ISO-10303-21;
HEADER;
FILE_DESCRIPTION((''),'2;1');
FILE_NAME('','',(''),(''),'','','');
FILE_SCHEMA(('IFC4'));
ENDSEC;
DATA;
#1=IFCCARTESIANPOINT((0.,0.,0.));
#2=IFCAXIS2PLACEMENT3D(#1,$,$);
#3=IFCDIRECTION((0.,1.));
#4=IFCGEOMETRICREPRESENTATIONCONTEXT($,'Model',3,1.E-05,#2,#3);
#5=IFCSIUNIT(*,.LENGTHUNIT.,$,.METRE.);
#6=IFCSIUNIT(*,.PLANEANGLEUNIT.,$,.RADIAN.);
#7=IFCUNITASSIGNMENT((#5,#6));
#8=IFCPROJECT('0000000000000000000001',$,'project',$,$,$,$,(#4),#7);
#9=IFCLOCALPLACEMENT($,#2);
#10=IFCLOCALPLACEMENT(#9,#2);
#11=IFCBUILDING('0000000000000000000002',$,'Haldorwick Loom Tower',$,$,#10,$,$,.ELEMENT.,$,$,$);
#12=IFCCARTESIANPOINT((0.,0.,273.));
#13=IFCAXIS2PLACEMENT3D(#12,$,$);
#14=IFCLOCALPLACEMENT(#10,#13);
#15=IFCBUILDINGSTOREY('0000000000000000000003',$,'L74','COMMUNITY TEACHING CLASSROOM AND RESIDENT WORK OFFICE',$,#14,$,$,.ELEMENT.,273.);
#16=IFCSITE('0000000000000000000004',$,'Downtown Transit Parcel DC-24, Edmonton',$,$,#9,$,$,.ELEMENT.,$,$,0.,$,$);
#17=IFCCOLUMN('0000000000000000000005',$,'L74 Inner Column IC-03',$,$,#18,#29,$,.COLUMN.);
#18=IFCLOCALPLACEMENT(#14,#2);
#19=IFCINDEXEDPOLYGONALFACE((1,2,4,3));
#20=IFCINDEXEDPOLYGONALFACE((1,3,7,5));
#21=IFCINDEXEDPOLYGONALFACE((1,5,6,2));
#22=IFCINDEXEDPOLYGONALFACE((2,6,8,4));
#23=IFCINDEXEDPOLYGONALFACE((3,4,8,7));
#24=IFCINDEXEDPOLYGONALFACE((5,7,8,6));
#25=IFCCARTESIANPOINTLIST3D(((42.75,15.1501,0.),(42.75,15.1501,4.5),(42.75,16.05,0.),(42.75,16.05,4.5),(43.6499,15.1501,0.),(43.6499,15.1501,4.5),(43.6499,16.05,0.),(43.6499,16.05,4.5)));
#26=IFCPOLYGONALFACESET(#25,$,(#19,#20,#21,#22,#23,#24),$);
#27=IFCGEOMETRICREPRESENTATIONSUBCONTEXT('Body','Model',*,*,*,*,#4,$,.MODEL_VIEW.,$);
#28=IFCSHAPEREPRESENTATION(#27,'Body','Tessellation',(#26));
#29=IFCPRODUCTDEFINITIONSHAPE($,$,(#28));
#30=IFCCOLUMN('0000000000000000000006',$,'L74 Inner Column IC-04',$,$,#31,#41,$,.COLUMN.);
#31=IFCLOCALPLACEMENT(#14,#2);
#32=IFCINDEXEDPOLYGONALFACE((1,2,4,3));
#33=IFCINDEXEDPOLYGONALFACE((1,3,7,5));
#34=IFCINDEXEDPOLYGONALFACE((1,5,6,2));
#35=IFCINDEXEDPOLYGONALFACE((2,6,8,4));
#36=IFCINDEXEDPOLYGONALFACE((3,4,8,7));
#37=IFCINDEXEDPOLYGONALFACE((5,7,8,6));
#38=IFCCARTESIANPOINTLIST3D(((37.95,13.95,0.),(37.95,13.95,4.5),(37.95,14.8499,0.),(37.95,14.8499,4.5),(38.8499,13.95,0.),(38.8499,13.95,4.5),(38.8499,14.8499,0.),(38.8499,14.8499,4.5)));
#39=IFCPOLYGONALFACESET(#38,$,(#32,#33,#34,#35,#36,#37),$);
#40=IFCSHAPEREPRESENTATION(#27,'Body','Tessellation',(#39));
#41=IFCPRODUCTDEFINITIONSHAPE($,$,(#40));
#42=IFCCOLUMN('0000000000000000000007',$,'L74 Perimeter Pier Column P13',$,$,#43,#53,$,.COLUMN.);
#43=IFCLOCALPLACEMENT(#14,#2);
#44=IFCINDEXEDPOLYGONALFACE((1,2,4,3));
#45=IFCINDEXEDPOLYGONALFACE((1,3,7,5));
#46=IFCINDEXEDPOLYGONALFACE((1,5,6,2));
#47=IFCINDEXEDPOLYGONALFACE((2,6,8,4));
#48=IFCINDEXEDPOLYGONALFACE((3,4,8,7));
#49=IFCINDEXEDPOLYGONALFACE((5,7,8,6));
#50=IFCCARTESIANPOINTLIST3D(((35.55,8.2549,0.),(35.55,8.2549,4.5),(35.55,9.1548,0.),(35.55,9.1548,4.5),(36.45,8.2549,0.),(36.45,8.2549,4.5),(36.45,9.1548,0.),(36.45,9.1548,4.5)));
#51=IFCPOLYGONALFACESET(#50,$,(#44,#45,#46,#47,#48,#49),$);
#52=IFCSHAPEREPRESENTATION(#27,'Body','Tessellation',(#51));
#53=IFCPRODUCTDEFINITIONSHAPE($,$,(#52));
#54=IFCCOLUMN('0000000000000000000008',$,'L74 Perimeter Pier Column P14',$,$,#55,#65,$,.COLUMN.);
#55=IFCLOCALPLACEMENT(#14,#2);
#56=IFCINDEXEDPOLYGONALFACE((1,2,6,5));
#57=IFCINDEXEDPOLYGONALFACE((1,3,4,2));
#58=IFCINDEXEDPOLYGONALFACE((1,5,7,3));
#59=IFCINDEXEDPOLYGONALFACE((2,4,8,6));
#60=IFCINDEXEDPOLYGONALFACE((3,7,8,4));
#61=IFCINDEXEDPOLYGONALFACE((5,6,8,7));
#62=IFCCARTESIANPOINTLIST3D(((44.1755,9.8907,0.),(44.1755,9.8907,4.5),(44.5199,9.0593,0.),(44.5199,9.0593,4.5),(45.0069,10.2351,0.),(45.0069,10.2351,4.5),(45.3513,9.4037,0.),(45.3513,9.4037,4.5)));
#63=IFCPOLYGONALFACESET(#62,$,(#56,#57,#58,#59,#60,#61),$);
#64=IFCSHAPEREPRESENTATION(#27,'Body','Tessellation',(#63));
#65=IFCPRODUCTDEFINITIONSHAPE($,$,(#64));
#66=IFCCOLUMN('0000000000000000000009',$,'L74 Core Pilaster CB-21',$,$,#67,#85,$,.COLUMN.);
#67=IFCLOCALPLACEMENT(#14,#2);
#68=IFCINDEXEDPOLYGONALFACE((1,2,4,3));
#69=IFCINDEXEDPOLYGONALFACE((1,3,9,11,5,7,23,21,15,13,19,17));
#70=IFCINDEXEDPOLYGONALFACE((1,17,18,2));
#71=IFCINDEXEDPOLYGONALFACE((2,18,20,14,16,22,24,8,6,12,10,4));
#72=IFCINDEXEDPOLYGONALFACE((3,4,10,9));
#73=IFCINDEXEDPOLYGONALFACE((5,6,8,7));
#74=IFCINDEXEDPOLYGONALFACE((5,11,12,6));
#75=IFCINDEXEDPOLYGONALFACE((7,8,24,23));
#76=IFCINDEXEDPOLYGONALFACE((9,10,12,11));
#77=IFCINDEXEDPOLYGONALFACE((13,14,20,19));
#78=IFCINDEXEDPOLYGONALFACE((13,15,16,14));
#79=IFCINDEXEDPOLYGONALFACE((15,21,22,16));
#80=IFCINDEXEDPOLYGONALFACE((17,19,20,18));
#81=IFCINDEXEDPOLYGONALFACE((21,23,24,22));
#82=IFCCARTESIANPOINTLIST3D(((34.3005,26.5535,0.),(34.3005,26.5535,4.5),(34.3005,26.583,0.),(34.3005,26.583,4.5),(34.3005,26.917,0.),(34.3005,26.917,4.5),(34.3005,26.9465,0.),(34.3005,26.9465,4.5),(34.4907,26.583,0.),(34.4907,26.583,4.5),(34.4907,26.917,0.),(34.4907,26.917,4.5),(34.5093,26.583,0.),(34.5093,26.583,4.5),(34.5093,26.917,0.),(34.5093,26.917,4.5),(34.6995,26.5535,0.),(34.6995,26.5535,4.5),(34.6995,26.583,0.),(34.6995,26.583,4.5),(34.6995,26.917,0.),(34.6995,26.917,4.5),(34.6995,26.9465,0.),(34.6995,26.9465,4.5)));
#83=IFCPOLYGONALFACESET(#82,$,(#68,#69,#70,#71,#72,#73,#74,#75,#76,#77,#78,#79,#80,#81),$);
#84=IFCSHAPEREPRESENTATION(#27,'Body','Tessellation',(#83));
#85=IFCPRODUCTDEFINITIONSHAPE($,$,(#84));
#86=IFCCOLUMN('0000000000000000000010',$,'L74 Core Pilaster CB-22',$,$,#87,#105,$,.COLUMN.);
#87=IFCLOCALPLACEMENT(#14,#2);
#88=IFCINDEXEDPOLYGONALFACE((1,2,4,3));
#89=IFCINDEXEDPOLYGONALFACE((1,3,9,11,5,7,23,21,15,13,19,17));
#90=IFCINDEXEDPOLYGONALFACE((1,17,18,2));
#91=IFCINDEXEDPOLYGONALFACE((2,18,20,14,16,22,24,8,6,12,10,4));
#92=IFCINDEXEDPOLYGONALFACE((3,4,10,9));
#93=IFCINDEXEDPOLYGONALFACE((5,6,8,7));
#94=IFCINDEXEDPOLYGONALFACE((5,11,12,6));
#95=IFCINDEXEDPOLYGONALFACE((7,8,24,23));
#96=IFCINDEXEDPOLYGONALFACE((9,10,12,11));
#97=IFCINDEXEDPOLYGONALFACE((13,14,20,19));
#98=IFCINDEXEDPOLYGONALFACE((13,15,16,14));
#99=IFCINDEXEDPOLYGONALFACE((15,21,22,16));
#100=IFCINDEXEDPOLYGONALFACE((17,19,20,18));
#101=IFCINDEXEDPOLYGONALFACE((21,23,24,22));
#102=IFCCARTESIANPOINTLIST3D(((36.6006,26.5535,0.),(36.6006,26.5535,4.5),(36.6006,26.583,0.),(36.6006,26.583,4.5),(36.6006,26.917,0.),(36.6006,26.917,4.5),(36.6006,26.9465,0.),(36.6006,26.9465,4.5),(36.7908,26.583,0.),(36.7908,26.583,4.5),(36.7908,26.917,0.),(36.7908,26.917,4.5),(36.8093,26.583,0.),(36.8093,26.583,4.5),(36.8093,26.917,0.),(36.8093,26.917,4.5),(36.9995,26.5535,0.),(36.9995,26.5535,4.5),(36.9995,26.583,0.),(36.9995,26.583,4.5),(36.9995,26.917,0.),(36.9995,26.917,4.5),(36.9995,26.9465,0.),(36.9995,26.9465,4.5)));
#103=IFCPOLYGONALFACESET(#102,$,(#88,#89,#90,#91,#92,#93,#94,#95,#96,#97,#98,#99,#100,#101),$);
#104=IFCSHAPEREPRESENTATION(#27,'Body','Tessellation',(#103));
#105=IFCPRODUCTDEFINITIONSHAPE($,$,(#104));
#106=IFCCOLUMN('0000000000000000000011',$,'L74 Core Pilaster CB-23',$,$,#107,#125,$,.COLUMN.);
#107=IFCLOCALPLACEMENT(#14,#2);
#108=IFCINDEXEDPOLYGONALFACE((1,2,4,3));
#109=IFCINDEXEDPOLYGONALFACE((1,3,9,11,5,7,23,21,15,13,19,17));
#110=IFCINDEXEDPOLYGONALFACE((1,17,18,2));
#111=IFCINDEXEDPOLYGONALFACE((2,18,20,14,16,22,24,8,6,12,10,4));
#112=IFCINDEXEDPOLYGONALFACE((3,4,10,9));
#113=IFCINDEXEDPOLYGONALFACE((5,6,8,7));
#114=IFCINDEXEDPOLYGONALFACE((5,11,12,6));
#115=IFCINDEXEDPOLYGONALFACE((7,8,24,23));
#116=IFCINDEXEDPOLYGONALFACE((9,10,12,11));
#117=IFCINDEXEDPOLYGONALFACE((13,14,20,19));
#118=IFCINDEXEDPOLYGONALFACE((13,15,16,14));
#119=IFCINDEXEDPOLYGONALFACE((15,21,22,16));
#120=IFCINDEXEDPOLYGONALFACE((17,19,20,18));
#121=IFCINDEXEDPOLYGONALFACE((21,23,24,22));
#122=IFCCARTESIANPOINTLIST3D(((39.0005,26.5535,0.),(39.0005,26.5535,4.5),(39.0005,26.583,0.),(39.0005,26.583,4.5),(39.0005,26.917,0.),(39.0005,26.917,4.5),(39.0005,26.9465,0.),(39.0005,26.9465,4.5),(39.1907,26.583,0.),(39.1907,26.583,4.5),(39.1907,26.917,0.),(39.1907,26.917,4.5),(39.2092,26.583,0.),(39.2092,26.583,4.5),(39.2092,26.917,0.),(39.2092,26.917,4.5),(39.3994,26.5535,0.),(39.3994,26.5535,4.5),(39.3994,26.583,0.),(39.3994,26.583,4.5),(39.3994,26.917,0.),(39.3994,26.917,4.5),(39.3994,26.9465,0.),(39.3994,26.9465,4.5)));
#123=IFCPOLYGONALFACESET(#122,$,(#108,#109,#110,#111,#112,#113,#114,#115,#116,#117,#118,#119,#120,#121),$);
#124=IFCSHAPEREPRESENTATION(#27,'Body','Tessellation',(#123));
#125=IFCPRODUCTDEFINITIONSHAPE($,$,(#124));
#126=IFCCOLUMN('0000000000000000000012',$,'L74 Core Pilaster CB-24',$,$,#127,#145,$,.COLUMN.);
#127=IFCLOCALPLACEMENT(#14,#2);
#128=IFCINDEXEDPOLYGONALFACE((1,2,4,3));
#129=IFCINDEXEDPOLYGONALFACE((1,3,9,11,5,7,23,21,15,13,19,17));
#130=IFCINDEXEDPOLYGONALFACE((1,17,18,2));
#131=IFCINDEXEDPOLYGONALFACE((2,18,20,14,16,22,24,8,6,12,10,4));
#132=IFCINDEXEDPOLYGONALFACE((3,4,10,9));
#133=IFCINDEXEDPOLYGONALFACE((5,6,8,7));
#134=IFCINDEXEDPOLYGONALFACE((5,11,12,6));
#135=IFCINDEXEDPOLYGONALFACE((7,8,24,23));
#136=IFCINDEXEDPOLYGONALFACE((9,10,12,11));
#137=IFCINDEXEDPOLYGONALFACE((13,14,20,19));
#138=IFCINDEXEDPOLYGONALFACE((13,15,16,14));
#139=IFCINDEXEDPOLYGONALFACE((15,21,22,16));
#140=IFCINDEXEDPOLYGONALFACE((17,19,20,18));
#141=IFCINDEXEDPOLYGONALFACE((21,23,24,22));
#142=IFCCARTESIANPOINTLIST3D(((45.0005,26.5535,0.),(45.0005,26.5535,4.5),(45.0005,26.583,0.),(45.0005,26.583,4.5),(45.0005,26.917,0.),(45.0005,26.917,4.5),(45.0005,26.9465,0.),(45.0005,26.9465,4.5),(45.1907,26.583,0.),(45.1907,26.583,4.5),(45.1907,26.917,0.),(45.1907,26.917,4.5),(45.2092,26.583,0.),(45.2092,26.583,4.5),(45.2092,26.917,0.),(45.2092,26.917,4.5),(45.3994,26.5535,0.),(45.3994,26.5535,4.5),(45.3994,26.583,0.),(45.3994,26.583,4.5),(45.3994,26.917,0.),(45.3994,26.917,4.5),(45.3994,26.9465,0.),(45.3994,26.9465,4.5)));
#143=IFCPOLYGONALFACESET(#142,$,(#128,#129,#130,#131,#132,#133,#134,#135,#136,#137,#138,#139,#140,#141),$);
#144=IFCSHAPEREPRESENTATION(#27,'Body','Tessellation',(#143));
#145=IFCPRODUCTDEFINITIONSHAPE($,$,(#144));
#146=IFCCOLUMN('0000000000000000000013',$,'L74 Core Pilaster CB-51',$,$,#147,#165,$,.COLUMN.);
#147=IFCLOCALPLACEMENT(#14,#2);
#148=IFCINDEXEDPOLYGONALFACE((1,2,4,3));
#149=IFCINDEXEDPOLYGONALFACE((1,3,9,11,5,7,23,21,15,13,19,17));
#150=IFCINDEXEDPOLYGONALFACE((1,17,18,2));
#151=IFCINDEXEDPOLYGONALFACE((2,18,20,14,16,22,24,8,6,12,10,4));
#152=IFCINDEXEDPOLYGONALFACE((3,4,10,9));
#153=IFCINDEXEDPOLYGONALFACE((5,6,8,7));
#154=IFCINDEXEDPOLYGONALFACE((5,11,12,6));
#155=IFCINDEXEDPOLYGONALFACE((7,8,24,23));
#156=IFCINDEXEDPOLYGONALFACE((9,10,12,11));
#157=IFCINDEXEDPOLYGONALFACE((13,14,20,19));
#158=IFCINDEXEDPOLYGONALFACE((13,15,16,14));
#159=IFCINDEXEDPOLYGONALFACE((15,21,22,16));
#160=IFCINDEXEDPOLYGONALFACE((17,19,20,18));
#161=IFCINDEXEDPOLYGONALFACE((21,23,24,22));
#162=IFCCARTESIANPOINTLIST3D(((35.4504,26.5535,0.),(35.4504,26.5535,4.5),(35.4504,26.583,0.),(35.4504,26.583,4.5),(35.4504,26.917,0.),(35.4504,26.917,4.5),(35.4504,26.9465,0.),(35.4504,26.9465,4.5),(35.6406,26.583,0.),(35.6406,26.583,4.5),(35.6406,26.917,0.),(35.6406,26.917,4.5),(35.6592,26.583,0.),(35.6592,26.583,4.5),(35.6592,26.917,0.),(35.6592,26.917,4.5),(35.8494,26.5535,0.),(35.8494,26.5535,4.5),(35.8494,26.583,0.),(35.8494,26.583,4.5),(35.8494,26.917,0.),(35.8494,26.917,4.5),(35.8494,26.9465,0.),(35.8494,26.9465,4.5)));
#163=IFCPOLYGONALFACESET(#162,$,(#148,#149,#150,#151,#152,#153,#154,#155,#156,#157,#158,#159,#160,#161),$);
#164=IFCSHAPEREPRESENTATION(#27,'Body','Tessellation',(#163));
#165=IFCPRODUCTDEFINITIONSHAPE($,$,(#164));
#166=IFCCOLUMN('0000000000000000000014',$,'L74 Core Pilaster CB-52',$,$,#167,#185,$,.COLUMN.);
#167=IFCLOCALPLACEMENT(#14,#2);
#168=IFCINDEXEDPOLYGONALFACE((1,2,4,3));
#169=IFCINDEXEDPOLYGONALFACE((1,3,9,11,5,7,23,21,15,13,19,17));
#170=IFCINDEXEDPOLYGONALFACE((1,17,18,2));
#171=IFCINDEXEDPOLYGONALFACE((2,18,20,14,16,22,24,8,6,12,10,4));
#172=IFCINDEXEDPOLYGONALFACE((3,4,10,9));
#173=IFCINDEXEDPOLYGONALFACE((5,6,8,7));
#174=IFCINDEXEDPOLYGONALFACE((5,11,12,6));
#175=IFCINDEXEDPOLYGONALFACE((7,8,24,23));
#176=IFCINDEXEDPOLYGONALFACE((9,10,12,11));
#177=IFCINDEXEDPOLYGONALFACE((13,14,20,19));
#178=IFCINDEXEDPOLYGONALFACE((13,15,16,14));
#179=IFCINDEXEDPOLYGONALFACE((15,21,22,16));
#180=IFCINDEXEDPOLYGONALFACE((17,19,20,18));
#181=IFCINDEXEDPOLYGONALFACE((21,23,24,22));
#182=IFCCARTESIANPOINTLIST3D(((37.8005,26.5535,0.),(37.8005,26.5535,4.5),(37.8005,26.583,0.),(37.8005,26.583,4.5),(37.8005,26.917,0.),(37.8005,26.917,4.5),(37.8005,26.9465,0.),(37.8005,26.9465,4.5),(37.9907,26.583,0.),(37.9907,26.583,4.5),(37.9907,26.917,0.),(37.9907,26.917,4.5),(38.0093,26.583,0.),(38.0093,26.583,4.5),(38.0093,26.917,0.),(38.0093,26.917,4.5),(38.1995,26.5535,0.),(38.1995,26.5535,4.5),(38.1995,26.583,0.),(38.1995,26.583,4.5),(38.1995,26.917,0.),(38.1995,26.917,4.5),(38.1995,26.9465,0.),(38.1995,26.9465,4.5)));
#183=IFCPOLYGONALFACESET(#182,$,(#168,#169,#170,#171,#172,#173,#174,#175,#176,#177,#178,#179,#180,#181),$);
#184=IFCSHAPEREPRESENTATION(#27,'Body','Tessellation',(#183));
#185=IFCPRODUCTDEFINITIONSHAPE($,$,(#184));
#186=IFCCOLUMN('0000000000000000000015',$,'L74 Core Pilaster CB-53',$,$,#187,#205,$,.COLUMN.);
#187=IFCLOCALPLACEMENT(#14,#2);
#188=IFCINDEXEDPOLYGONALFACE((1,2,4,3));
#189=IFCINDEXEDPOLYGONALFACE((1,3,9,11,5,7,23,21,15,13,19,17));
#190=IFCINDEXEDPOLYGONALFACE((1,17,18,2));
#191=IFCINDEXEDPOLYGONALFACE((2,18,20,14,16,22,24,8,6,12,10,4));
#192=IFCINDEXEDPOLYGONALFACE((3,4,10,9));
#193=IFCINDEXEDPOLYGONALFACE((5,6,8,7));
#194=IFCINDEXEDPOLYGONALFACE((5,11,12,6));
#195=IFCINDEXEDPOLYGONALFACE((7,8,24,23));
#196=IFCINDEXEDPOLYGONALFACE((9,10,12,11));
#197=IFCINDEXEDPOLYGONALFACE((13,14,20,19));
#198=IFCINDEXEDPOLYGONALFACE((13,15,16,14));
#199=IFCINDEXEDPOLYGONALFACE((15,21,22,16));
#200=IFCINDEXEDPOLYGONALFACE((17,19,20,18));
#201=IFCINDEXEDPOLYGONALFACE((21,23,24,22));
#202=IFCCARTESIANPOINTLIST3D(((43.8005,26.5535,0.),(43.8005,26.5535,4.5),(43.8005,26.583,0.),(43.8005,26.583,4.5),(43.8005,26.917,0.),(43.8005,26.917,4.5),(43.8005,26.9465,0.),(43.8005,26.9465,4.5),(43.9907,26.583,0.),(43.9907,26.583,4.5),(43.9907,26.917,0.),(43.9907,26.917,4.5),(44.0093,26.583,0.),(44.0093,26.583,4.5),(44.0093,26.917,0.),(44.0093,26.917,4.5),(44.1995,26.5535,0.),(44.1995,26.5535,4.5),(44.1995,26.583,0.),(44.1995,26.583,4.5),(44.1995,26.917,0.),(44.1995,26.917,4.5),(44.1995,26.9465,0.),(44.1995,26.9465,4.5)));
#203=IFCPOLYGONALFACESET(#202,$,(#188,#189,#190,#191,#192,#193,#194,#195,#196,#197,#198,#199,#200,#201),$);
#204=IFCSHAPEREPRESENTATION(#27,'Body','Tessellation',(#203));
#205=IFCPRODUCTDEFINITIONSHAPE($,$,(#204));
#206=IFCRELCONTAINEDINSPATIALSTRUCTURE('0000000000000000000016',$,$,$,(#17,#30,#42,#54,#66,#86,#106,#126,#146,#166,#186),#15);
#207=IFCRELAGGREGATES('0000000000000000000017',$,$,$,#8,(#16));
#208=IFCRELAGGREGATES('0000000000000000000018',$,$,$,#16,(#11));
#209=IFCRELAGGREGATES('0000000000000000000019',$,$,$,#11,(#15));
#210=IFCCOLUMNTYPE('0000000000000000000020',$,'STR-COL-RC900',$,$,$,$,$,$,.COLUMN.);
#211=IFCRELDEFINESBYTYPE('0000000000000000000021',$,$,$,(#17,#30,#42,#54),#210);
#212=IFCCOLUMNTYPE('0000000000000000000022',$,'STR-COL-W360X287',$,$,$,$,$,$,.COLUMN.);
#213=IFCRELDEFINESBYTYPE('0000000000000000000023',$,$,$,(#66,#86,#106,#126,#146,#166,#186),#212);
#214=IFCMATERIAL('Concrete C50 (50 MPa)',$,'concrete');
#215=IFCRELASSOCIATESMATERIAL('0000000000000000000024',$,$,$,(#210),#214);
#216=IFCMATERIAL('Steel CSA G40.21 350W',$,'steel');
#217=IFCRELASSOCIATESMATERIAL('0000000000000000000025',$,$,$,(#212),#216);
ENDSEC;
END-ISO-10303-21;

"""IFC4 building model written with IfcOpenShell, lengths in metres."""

from ifc_helpers import new_model, si_unit, direction, frame, origin, origin_2d, place, context, subcontext, project, spatial, rectangle, i_section, extrude, material, material_profile, profile_set, type_object, element, save


model = new_model("IFC4")

# Units and contexts
model_context = context("Model", 3, precision=1e-05, world=origin(), true_north=direction((0.0, 1.0)))
body_context = subcontext(model_context, "Body", "Model", "MODEL_VIEW")
ifc_project = project(units=[si_unit("LENGTHUNIT", "METRE"), si_unit("PLANEANGLEUNIT", "RADIAN")], contexts=[model_context])

# Site, building, storey
site_placement = place(None, origin())
site = spatial("IfcSite", under=ifc_project, at=site_placement, Name="Downtown Transit Parcel DC-24, Edmonton", CompositionType="ELEMENT", RefElevation=0.0)
building_placement = place(site_placement, origin())
building = spatial("IfcBuilding", under=site, at=building_placement, Name="Haldorwick Loom Tower", CompositionType="ELEMENT")
storey_placement = place(building_placement, frame((0.0, 0.0, 273.0)))
storey = spatial("IfcBuildingStorey", under=building, at=storey_placement, Name="L74", Description="COMMUNITY TEACHING CLASSROOM AND RESIDENT WORK OFFICE", CompositionType="ELEMENT", Elevation=273.0)

# Columns
ifc_material_1 = material(Name="Concrete C50 (50 MPa)", Category="concrete")
ifc_material_profile_1 = material_profile(ifc_material_1, rectangle(XDim=0.8999, YDim=0.8999, at=origin_2d()), Name="RC900X900", Category="concrete")
ifc_profile_set_1 = profile_set([ifc_material_profile_1], Name="Concrete C50 (50 MPa)")
column_type_1 = type_object("IfcColumnType", Name="STR-COL-RC900", PredefinedType="COLUMN", material=ifc_profile_set_1)
for number, where, z_axis, x_axis, name in (
    (1, (43.2, 15.6001, 0.0), (0.0, 0.0, 1.0), (1.0, 0.0, 0.0), "L74 Inner Column IC-03"),
    (2, (38.3999, 14.3999, 0.0), (0.0, 0.0, 1.0), (1.0, 0.0, 0.0), "L74 Inner Column IC-04"),
    (3, (36.0, 8.7048, 0.0), (0.0, 0.0, 1.0), (0.0, -1.0, 0.0), "L74 Perimeter Pier Column P13"),
    (4, (44.7634, 9.6472, 0.0), (0.0, 0.0, 1.0), (0.382683, -0.92388, 0.0), "L74 Perimeter Pier Column P14"),
):
    element("IfcColumn", number, at=place(storey_placement, frame(where, z_axis=z_axis, x_axis=x_axis)), inside=storey, type_object=column_type_1, Name=name, PredefinedType="COLUMN", context=body_context, shape_type="SweptSolid", body=[
        extrude(rectangle(XDim=0.8999, YDim=0.8999, at=origin_2d()), origin(), (0.0, 0.0, 1.0), 4.5),
    ])
ifc_material_2 = material(Name="Steel CSA G40.21 350W", Category="steel")
ifc_material_profile_2 = material_profile(ifc_material_2, i_section(OverallWidth=0.3989, OverallDepth=0.3931, WebThickness=0.0186, FlangeThickness=0.0295, at=origin_2d()), Name="W360X287", Category="steel")
ifc_profile_set_2 = profile_set([ifc_material_profile_2], Name="Steel CSA G40.21 350W")
column_type_2 = type_object("IfcColumnType", Name="STR-COL-W360X287", PredefinedType="COLUMN", material=ifc_profile_set_2)
for number, where, z_axis, x_axis, name in (
    (5, (34.5, 26.75, 0.0), (0.0, 0.0, 1.0), (1.0, 0.0, 0.0), "L74 Core Pilaster CB-21"),
    (6, (36.8, 26.75, 0.0), (0.0, 0.0, 1.0), (1.0, 0.0, 0.0), "L74 Core Pilaster CB-22"),
    (7, (39.2, 26.75, 0.0), (0.0, 0.0, 1.0), (1.0, 0.0, 0.0), "L74 Core Pilaster CB-23"),
    (8, (45.2, 26.75, 0.0), (0.0, 0.0, 1.0), (1.0, 0.0, 0.0), "L74 Core Pilaster CB-24"),
    (9, (35.6499, 26.75, 0.0), (0.0, 0.0, 1.0), (1.0, 0.0, 0.0), "L74 Core Pilaster CB-51"),
    (10, (38.0, 26.75, 0.0), (0.0, 0.0, 1.0), (1.0, 0.0, 0.0), "L74 Core Pilaster CB-52"),
    (11, (44.0, 26.75, 0.0), (0.0, 0.0, 1.0), (1.0, 0.0, 0.0), "L74 Core Pilaster CB-53"),
):
    element("IfcColumn", number, at=place(storey_placement, frame(where, z_axis=z_axis, x_axis=x_axis)), inside=storey, type_object=column_type_2, Name=name, PredefinedType="COLUMN", context=body_context, shape_type="SweptSolid", body=[
        extrude(i_section(OverallWidth=0.3989, OverallDepth=0.3931, WebThickness=0.0186, FlangeThickness=0.0295, at=origin_2d()), origin(), (0.0, 0.0, 1.0), 4.5),
    ])

save(model, "model.ifc")
